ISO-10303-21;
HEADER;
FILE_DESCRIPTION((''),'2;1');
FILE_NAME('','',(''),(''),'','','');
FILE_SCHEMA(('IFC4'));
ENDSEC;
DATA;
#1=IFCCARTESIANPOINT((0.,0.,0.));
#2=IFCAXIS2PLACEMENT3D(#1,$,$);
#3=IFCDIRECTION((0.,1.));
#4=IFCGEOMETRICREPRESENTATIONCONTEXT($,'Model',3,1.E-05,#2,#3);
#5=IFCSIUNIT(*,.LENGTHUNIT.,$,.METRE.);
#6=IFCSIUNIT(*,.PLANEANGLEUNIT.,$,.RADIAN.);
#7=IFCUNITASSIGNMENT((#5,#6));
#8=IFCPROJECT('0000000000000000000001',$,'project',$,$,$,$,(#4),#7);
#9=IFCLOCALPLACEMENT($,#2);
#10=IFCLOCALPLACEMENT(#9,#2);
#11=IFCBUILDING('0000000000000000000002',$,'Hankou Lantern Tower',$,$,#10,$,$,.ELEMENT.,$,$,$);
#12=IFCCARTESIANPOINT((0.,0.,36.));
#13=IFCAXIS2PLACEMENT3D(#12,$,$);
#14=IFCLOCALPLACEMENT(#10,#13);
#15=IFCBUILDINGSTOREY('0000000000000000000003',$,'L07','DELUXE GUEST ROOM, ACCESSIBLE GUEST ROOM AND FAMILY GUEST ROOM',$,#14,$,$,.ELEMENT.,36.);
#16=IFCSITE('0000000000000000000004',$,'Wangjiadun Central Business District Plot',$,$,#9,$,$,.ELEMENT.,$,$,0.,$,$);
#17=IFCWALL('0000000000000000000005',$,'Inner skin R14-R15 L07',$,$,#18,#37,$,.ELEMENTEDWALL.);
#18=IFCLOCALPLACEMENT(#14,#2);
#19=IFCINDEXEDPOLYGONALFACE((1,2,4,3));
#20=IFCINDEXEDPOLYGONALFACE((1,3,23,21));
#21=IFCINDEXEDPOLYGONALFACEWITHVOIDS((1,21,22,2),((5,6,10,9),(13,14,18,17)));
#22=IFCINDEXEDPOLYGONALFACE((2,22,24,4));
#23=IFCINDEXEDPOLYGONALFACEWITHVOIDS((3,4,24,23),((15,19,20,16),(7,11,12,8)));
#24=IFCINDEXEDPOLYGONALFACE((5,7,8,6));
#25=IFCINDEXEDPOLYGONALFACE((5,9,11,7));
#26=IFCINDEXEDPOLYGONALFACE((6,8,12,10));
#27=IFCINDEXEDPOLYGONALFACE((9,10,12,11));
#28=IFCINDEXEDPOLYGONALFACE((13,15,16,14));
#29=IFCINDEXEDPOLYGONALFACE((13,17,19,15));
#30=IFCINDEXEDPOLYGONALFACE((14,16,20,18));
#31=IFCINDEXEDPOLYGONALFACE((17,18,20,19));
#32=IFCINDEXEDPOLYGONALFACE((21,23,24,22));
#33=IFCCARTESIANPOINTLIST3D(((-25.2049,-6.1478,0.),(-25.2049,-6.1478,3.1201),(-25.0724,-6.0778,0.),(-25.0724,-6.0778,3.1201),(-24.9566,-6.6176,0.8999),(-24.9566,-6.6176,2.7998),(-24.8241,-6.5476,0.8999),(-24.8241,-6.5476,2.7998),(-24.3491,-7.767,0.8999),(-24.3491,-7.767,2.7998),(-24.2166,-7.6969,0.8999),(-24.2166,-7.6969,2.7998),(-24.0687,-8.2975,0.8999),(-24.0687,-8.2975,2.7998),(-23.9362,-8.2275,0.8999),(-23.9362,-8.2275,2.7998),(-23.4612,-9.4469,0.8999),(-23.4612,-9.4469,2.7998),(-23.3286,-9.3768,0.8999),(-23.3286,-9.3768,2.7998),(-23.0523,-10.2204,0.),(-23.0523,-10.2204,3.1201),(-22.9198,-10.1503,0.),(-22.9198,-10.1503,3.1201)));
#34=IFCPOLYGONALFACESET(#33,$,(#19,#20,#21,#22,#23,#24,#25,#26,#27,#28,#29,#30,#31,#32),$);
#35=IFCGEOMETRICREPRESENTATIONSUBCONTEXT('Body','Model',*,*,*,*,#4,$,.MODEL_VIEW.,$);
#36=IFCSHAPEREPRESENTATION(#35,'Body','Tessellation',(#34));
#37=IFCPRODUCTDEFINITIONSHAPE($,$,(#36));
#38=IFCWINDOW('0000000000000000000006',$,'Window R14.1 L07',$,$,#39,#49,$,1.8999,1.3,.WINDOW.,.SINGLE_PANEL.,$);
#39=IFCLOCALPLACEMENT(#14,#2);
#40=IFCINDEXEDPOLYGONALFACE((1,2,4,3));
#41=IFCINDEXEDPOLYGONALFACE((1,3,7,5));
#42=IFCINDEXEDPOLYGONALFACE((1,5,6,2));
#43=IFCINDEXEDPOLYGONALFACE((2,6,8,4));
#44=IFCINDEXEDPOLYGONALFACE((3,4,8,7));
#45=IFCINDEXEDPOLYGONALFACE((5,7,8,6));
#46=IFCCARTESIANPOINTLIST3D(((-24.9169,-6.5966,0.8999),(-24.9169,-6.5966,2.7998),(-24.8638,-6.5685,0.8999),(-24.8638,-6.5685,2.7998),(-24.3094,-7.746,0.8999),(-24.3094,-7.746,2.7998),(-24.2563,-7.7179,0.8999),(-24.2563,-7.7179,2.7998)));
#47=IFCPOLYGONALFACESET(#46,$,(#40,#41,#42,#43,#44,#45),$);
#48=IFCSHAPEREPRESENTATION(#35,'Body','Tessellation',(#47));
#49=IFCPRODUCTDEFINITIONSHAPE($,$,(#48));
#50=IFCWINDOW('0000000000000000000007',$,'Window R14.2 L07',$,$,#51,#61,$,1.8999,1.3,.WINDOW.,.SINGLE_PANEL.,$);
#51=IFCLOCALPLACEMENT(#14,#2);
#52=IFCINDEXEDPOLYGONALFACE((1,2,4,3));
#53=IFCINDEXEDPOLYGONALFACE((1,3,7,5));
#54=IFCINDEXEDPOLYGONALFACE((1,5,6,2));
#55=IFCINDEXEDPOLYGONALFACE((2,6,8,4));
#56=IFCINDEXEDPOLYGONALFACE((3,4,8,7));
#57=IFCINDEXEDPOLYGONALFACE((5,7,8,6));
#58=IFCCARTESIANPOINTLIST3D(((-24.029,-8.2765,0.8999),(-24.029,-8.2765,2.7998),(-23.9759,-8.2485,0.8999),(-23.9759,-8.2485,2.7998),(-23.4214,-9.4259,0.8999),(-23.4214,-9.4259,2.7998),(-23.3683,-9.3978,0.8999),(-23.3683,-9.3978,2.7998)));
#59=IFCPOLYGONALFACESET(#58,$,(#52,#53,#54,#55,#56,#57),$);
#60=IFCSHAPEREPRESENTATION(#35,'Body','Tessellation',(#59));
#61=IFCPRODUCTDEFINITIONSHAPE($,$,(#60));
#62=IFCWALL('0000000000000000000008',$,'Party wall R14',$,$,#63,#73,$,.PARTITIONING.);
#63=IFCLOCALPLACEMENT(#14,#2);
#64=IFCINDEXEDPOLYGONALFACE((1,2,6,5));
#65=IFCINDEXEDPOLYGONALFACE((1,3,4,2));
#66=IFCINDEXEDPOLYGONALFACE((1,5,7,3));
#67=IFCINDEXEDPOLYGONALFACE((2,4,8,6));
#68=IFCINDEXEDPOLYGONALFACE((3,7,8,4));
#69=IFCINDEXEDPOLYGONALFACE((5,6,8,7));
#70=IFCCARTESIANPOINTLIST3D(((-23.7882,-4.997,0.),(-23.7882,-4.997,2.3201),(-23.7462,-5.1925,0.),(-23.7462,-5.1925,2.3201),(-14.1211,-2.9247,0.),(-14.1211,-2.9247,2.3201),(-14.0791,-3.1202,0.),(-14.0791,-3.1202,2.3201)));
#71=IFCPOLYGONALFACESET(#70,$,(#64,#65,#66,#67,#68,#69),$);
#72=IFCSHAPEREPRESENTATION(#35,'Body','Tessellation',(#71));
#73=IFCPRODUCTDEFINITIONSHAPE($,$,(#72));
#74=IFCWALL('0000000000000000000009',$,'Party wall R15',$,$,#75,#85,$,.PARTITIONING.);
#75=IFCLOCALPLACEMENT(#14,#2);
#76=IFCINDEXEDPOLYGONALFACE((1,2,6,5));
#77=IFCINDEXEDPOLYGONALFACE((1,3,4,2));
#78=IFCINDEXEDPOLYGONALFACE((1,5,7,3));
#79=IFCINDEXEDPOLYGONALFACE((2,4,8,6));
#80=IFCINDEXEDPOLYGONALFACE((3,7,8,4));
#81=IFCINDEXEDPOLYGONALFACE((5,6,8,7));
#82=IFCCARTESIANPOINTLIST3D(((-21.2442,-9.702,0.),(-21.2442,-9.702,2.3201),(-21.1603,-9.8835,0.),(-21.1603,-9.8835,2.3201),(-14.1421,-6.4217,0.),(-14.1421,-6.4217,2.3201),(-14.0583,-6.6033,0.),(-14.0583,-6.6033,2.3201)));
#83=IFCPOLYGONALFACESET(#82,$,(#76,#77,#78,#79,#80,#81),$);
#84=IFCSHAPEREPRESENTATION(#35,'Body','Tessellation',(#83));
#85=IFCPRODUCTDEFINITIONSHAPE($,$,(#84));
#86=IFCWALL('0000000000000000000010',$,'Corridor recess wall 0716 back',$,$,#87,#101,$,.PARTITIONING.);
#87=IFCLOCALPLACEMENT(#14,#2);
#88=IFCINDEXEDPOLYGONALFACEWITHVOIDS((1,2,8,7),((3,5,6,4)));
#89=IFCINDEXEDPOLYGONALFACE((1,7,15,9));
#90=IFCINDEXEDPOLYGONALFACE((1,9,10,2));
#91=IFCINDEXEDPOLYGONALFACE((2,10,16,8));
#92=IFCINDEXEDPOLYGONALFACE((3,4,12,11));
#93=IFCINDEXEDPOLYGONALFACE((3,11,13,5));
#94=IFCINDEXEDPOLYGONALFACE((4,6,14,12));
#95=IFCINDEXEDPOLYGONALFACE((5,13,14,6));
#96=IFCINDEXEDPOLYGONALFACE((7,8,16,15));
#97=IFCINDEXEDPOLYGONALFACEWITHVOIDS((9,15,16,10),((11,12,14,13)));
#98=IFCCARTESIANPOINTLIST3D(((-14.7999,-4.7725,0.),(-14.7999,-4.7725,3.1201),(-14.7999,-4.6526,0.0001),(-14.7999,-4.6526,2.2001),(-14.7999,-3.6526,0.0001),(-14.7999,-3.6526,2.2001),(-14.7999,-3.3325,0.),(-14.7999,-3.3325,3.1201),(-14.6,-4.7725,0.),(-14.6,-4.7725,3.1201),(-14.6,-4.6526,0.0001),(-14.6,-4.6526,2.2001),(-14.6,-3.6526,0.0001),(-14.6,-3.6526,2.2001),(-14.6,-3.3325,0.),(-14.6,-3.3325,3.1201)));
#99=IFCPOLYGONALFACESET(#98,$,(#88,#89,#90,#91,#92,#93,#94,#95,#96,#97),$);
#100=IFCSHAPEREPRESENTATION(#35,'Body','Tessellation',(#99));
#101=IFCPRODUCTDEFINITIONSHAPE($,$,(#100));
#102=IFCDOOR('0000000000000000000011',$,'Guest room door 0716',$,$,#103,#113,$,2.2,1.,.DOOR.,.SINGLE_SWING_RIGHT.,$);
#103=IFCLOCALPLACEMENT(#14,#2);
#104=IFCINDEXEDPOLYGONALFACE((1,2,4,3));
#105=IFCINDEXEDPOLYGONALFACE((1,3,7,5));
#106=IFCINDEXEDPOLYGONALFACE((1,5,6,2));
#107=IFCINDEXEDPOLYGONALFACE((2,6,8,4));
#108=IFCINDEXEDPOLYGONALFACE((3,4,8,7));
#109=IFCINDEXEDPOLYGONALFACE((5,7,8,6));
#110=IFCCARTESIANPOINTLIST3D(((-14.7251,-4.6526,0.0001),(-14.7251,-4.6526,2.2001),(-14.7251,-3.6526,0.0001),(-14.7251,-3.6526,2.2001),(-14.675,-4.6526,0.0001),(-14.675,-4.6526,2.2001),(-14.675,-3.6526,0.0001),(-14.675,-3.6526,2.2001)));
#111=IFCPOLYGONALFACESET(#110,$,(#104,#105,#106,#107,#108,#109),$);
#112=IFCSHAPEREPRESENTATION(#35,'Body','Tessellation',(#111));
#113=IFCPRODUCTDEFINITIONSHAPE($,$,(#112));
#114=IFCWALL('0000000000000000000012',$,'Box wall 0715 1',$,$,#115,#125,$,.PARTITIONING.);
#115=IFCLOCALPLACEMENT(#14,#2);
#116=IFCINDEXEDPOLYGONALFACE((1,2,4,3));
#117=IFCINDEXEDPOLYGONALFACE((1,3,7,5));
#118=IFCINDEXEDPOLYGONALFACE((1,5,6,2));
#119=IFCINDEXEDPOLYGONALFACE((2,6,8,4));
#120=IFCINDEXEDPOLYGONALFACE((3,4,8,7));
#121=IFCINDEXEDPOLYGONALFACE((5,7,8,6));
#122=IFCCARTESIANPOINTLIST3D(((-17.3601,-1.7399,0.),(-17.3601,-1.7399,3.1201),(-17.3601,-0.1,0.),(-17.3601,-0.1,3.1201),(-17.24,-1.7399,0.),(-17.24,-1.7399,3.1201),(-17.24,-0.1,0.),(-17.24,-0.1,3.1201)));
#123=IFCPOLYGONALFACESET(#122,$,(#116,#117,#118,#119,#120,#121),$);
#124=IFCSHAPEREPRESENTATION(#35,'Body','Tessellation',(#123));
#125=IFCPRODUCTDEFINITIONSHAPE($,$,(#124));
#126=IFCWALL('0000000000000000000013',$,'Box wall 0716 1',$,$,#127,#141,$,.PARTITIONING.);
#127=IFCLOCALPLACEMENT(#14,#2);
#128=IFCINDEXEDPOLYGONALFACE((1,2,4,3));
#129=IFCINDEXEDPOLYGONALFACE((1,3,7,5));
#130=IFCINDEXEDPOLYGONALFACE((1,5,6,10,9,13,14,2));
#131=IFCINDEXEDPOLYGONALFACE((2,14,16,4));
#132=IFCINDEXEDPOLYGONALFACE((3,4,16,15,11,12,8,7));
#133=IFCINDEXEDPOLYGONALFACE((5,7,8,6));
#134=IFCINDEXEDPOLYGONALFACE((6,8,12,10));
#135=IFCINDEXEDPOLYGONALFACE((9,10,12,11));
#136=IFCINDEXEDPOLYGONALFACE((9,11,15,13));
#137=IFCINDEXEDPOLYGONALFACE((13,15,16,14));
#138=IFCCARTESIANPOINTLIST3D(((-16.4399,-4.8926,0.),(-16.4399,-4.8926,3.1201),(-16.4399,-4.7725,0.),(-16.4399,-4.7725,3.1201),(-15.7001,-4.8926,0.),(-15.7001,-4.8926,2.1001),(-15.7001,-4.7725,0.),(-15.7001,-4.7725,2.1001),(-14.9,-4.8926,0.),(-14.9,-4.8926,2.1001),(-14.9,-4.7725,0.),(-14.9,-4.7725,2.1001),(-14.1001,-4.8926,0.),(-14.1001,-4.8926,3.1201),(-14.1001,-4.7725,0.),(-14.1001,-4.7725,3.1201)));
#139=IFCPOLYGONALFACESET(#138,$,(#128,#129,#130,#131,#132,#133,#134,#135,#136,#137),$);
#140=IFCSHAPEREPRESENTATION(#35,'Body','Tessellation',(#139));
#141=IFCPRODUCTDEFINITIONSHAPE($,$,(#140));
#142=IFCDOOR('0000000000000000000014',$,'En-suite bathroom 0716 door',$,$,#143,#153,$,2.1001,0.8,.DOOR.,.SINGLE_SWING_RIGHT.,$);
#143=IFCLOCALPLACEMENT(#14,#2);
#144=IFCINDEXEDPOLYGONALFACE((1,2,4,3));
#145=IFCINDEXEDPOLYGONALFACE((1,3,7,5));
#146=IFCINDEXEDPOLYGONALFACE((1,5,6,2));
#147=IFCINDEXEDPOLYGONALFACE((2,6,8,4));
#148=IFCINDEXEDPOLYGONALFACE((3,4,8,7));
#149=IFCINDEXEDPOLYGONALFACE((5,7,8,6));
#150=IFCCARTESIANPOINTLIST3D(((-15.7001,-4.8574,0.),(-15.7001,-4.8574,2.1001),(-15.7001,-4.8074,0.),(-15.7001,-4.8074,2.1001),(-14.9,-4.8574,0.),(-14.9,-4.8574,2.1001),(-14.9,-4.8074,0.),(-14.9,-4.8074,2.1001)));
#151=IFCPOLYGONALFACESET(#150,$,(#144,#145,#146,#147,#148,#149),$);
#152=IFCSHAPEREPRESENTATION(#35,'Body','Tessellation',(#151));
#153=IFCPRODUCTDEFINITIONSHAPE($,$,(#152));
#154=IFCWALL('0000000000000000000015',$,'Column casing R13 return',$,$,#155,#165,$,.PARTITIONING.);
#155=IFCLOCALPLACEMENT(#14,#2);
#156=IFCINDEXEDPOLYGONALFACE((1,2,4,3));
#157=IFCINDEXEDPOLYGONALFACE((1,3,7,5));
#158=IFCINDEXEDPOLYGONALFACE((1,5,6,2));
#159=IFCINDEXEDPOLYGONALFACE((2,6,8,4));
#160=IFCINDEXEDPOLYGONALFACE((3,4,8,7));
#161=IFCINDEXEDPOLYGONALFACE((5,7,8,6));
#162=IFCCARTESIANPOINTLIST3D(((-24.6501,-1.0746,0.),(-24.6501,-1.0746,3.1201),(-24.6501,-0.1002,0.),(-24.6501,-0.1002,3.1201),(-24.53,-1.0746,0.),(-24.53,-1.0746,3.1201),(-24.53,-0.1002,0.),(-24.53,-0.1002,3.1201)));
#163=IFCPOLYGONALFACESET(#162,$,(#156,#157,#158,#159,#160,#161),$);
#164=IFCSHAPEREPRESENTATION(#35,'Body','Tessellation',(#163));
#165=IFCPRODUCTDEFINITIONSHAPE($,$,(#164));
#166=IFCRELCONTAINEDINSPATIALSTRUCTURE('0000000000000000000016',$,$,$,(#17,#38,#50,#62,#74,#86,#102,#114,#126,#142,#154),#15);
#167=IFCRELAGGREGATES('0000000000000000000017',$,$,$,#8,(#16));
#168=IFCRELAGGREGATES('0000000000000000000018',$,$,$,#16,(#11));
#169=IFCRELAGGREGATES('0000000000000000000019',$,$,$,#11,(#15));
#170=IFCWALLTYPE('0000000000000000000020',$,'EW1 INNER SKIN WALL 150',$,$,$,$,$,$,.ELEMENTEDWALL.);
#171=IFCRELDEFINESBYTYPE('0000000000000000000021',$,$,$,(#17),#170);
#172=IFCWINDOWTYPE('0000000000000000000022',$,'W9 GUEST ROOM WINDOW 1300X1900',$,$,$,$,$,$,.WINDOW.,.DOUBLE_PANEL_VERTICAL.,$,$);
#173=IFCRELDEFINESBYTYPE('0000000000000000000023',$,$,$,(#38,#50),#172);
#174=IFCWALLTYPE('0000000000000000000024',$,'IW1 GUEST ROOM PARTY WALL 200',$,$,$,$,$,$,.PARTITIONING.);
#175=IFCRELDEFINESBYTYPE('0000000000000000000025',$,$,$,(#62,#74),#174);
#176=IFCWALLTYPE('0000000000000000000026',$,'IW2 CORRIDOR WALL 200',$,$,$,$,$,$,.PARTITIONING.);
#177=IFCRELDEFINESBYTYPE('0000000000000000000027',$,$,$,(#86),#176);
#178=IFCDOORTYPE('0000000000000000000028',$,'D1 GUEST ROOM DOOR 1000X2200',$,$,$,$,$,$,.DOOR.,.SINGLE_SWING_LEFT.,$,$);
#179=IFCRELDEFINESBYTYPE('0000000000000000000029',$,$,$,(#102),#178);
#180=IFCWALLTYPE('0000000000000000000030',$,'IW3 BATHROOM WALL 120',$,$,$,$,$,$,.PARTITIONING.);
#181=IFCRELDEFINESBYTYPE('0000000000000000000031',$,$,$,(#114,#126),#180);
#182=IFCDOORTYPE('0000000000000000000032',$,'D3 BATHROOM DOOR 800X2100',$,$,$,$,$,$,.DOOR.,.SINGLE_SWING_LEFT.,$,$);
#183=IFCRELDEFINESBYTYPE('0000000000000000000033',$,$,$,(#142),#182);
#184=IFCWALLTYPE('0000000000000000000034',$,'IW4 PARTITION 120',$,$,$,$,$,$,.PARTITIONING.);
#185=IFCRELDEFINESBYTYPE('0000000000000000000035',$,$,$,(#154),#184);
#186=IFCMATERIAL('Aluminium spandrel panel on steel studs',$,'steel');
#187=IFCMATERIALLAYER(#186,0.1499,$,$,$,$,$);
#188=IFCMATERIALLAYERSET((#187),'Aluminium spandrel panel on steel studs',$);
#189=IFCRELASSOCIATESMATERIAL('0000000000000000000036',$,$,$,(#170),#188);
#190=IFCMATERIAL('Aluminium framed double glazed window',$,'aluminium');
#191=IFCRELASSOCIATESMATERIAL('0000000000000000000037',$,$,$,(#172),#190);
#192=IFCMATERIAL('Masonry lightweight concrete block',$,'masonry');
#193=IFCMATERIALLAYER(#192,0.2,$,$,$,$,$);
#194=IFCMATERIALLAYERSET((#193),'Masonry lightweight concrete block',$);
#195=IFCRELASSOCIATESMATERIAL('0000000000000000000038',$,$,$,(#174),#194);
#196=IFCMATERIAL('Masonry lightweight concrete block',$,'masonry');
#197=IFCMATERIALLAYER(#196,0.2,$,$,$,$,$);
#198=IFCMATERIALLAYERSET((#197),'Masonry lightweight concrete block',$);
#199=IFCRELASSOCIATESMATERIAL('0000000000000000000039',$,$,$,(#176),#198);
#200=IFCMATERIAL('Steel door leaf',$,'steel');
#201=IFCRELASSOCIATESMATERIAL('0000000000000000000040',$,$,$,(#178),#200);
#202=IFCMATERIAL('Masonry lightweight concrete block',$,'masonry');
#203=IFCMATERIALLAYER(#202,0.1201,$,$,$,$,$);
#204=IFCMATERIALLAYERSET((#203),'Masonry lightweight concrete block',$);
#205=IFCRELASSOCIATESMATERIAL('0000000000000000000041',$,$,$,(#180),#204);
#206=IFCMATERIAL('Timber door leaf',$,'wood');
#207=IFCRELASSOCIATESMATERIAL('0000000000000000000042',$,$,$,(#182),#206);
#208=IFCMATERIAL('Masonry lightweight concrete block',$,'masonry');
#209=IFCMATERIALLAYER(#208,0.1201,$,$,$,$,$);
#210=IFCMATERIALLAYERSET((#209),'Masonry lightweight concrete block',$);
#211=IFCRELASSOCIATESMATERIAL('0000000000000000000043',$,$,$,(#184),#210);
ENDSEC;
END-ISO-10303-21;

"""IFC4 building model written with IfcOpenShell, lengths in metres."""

from ifc_helpers import new_model, si_unit, direction, frame, frame_2d, origin, place, context, subcontext, project, spatial, rectangle, extrude, material, layer, layer_set, type_object, element, fill, save


model = new_model("IFC4")

# Units and contexts
model_context = context("Model", 3, precision=1e-05, world=origin(), true_north=direction((0.0, 1.0)))
body_context = subcontext(model_context, "Body", "Model", "MODEL_VIEW")
ifc_project = project(units=[si_unit("LENGTHUNIT", "METRE"), si_unit("PLANEANGLEUNIT", "RADIAN")], contexts=[model_context])

# Site, building, storey
site_placement = place(None, origin())
site = spatial("IfcSite", under=ifc_project, at=site_placement, Name="Wangjiadun Central Business District Plot", CompositionType="ELEMENT", RefElevation=0.0)
building_placement = place(site_placement, origin())
building = spatial("IfcBuilding", under=site, at=building_placement, Name="Hankou Lantern Tower", CompositionType="ELEMENT")
storey_placement = place(building_placement, frame((0.0, 0.0, 36.0)))
storey = spatial("IfcBuildingStorey", under=building, at=storey_placement, Name="L07", Description="DELUXE GUEST ROOM, ACCESSIBLE GUEST ROOM AND FAMILY GUEST ROOM", CompositionType="ELEMENT", Elevation=36.0)

# Wall, openings, windows
ifc_material_1 = material(Name="Aluminium spandrel panel on steel studs", Category="steel")
ifc_layer_1 = layer(ifc_material_1, 0.1499)
ifc_layer_set_1 = layer_set([ifc_layer_1], Name="Aluminium spandrel panel on steel studs")
wall_type_1 = type_object("IfcWallType", Name="EW1 INNER SKIN WALL 150", PredefinedType="ELEMENTEDWALL", material=ifc_layer_set_1)
ifc_material_2 = material(Name="Aluminium framed double glazed window", Category="aluminium")
window_type = type_object("IfcWindowType", Name="W9 GUEST ROOM WINDOW 1300X1900", PartitioningType="DOUBLE_PANEL_VERTICAL", PredefinedType="WINDOW", material=ifc_material_2)
wall_1_placement = place(storey_placement, frame((-25.1387, -6.1128, 0.0), z_axis=(0.0, 0.0, 1.0), x_axis=(0.467303, -0.884097, 0.0)))
wall_1 = element("IfcWall", 1, at=wall_1_placement, inside=storey, type_object=wall_type_1, Name="Inner skin R14-R15 L07", PredefinedType="ELEMENTEDWALL", context=body_context, shape_type="SweptSolid", body=[
    extrude(rectangle(XDim=4.6064, YDim=0.1499, at=frame_2d((2.3032, 0.0))), origin(), (0.0, 0.0, 1.0), 3.1201),
])
opening_1_placement = place(wall_1_placement, frame((0.5315, 0.0, 0.8999)))
opening_1 = element("IfcOpeningElement", 2, at=opening_1_placement, cuts=wall_1, PredefinedType="OPENING", context=body_context, shape_type="SweptSolid", body=[
    extrude(rectangle(XDim=1.3, YDim=1.8999, at=frame_2d((0.6499, 0.95))), frame((0.0, 0.085, 0.0), z_axis=(0.0, -1.0, 0.0), x_axis=(1.0, 0.0, 0.0)), (0.0, 0.0, 1.0), 0.1699),
])
opening_2_placement = place(wall_1_placement, frame((2.4316, 0.0, 0.8999)))
opening_2 = element("IfcOpeningElement", 3, at=opening_2_placement, cuts=wall_1, PredefinedType="OPENING", context=body_context, shape_type="SweptSolid", body=[
    extrude(rectangle(XDim=1.3, YDim=1.8999, at=frame_2d((0.6499, 0.95))), frame((0.0, 0.085, 0.0), z_axis=(0.0, -1.0, 0.0), x_axis=(1.0, 0.0, 0.0)), (0.0, 0.0, 1.0), 0.1699),
])
window_1_placement = place(opening_1_placement, origin())
window_1 = element("IfcWindow", 4, at=window_1_placement, inside=storey, type_object=window_type, Name="Window R14.1 L07", OverallHeight=1.8999, OverallWidth=1.3, PartitioningType="SINGLE_PANEL", PredefinedType="WINDOW", context=body_context, shape_type="SweptSolid", body=[
    extrude(rectangle(XDim=1.3, YDim=1.8999, at=frame_2d((0.6499, 0.95))), frame((0.0, 0.03, 0.0), z_axis=(0.0, -1.0, 0.0), x_axis=(1.0, 0.0, 0.0)), (0.0, 0.0, 1.0), 0.0601),
])
fill(opening_1, window_1)
window_2_placement = place(opening_2_placement, origin())
window_2 = element("IfcWindow", 5, at=window_2_placement, inside=storey, type_object=window_type, Name="Window R14.2 L07", OverallHeight=1.8999, OverallWidth=1.3, PartitioningType="SINGLE_PANEL", PredefinedType="WINDOW", context=body_context, shape_type="SweptSolid", body=[
    extrude(rectangle(XDim=1.3, YDim=1.8999, at=frame_2d((0.6499, 0.95))), frame((0.0, 0.03, 0.0), z_axis=(0.0, -1.0, 0.0), x_axis=(1.0, 0.0, 0.0)), (0.0, 0.0, 1.0), 0.0601),
])
fill(opening_2, window_2)

# Walls
ifc_material_3 = material(Name="Masonry lightweight concrete block", Category="masonry")
ifc_layer_2 = layer(ifc_material_3, 0.2)
ifc_layer_set_2 = layer_set([ifc_layer_2], Name="Masonry lightweight concrete block")
wall_type_2 = type_object("IfcWallType", Name="IW1 GUEST ROOM PARTY WALL 200", PredefinedType="PARTITIONING", material=ifc_layer_set_2)
wall_2_placement = place(storey_placement, frame((-14.1001, -3.0225, 0.0), z_axis=(0.0, 0.0, 1.0), x_axis=(-0.977787, -0.209603, 0.0)))
element("IfcWall", 6, at=wall_2_placement, inside=storey, type_object=wall_type_2, Name="Party wall R14", PredefinedType="PARTITIONING", context=body_context, shape_type="SweptSolid", body=[
    extrude(rectangle(XDim=9.8867, YDim=0.2, at=frame_2d((4.9434, 0.0))), origin(), (0.0, 0.0, 1.0), 2.3201),
])
wall_3_placement = place(storey_placement, frame((-14.1001, -6.5125, 0.0), z_axis=(0.0, 0.0, 1.0), x_axis=(-0.907842, -0.419311, 0.0)))
element("IfcWall", 7, at=wall_3_placement, inside=storey, type_object=wall_type_2, Name="Party wall R15", PredefinedType="PARTITIONING", context=body_context, shape_type="SweptSolid", body=[
    extrude(rectangle(XDim=7.823, YDim=0.2, at=frame_2d((3.9116, 0.0))), origin(), (0.0, 0.0, 1.0), 2.3201),
])

# Wall, opening, door
ifc_material_4 = material(Name="Masonry lightweight concrete block", Category="masonry")
ifc_layer_3 = layer(ifc_material_4, 0.2)
ifc_layer_set_3 = layer_set([ifc_layer_3], Name="Masonry lightweight concrete block")
wall_type_3 = type_object("IfcWallType", Name="IW2 CORRIDOR WALL 200", PredefinedType="PARTITIONING", material=ifc_layer_set_3)
wall_4_placement = place(storey_placement, frame((-14.7, -3.3325, 0.0), z_axis=(0.0, 0.0, 1.0), x_axis=(0.0, -1.0, 0.0)))
wall_4 = element("IfcWall", 8, at=wall_4_placement, inside=storey, type_object=wall_type_3, Name="Corridor recess wall 0716 back", PredefinedType="PARTITIONING", context=body_context, shape_type="SweptSolid", body=[
    extrude(rectangle(XDim=1.4399, YDim=0.2, at=frame_2d((0.72, 0.0))), origin(), (0.0, 0.0, 1.0), 3.1201),
])
opening_3_placement = place(wall_4_placement, frame((0.3201, 0.0, 0.0)))
opening_3 = element("IfcOpeningElement", 9, at=opening_3_placement, cuts=wall_4, PredefinedType="OPENING", context=body_context, shape_type="SweptSolid", body=[
    extrude(rectangle(XDim=1.0, YDim=2.2, at=frame_2d((0.5, 1.1001))), frame((0.0, 0.1099, 0.0), z_axis=(0.0, -1.0, 0.0), x_axis=(1.0, 0.0, 0.0)), (0.0, 0.0, 1.0), 0.22),
])
ifc_material_5 = material(Name="Steel door leaf", Category="steel")
door_type_1 = type_object("IfcDoorType", Name="D1 GUEST ROOM DOOR 1000X2200", OperationType="SINGLE_SWING_LEFT", PredefinedType="DOOR", material=ifc_material_5)
door_1_placement = place(opening_3_placement, origin())
door_1 = element("IfcDoor", 10, at=door_1_placement, inside=storey, type_object=door_type_1, Name="Guest room door 0716", OperationType="SINGLE_SWING_RIGHT", OverallHeight=2.2, OverallWidth=1.0, PredefinedType="DOOR", context=body_context, shape_type="SweptSolid", body=[
    extrude(rectangle(XDim=1.0, YDim=2.2, at=frame_2d((0.5, 1.1001))), frame((0.0, 0.0249, 0.0), z_axis=(0.0, -1.0, 0.0), x_axis=(1.0, 0.0, 0.0)), (0.0, 0.0, 1.0), 0.05),
])
fill(opening_3, door_1)

# Wall
ifc_material_6 = material(Name="Masonry lightweight concrete block", Category="masonry")
ifc_layer_4 = layer(ifc_material_6, 0.1201)
ifc_layer_set_4 = layer_set([ifc_layer_4], Name="Masonry lightweight concrete block")
wall_type_4 = type_object("IfcWallType", Name="IW3 BATHROOM WALL 120", PredefinedType="PARTITIONING", material=ifc_layer_set_4)
wall_5_placement = place(storey_placement, frame((-17.3, -0.1001, 0.0), z_axis=(0.0, 0.0, 1.0), x_axis=(0.0, -1.0, 0.0)))
element("IfcWall", 11, at=wall_5_placement, inside=storey, type_object=wall_type_4, Name="Box wall 0715 1", PredefinedType="PARTITIONING", context=body_context, shape_type="SweptSolid", body=[
    extrude(rectangle(XDim=1.6399, YDim=0.1201, at=frame_2d((0.8198, 0.0))), origin(), (0.0, 0.0, 1.0), 3.1201),
])

# Wall, opening, door
wall_6_placement = place(storey_placement, frame((-14.1001, -4.8325, 0.0), z_axis=(0.0, 0.0, 1.0), x_axis=(-1.0, 0.0, 0.0)))
wall_6 = element("IfcWall", 12, at=wall_6_placement, inside=storey, type_object=wall_type_4, Name="Box wall 0716 1", PredefinedType="PARTITIONING", context=body_context, shape_type="SweptSolid", body=[
    extrude(rectangle(XDim=2.3398, YDim=0.1201, at=frame_2d((1.1699, 0.0))), origin(), (0.0, 0.0, 1.0), 3.1201),
])
opening_4_placement = place(wall_6_placement, frame((0.8, 0.0, 0.0)))
opening_4 = element("IfcOpeningElement", 13, at=opening_4_placement, cuts=wall_6, PredefinedType="OPENING", context=body_context, shape_type="SweptSolid", body=[
    extrude(rectangle(XDim=0.8, YDim=2.1001, at=frame_2d((0.3999, 1.05))), frame((0.0, 0.0701, 0.0), z_axis=(0.0, -1.0, 0.0), x_axis=(1.0, 0.0, 0.0)), (0.0, 0.0, 1.0), 0.1401),
])
ifc_material_7 = material(Name="Timber door leaf", Category="wood")
door_type_2 = type_object("IfcDoorType", Name="D3 BATHROOM DOOR 800X2100", OperationType="SINGLE_SWING_LEFT", PredefinedType="DOOR", material=ifc_material_7)
door_2_placement = place(opening_4_placement, origin())
door_2 = element("IfcDoor", 14, at=door_2_placement, inside=storey, type_object=door_type_2, Name="En-suite bathroom 0716 door", OperationType="SINGLE_SWING_RIGHT", OverallHeight=2.1001, OverallWidth=0.8, PredefinedType="DOOR", context=body_context, shape_type="SweptSolid", body=[
    extrude(rectangle(XDim=0.8, YDim=2.1001, at=frame_2d((0.3999, 1.05))), frame((0.0, 0.0249, 0.0), z_axis=(0.0, -1.0, 0.0), x_axis=(1.0, 0.0, 0.0)), (0.0, 0.0, 1.0), 0.05),
])
fill(opening_4, door_2)

# Wall
ifc_material_8 = material(Name="Masonry lightweight concrete block", Category="masonry")
ifc_layer_5 = layer(ifc_material_8, 0.1201)
ifc_layer_set_5 = layer_set([ifc_layer_5], Name="Masonry lightweight concrete block")
wall_type_5 = type_object("IfcWallType", Name="IW4 PARTITION 120", PredefinedType="PARTITIONING", material=ifc_layer_set_5)
wall_7_placement = place(storey_placement, frame((-24.5901, -0.1001, 0.0), z_axis=(0.0, 0.0, 1.0), x_axis=(0.0, -1.0, 0.0)))
element("IfcWall", 15, at=wall_7_placement, inside=storey, type_object=wall_type_5, Name="Column casing R13 return", PredefinedType="PARTITIONING", context=body_context, shape_type="SweptSolid", body=[
    extrude(rectangle(XDim=0.9744, YDim=0.1201, at=frame_2d((0.4873, 0.0))), origin(), (0.0, 0.0, 1.0), 3.1201),
])

save(model, "model.ifc")
